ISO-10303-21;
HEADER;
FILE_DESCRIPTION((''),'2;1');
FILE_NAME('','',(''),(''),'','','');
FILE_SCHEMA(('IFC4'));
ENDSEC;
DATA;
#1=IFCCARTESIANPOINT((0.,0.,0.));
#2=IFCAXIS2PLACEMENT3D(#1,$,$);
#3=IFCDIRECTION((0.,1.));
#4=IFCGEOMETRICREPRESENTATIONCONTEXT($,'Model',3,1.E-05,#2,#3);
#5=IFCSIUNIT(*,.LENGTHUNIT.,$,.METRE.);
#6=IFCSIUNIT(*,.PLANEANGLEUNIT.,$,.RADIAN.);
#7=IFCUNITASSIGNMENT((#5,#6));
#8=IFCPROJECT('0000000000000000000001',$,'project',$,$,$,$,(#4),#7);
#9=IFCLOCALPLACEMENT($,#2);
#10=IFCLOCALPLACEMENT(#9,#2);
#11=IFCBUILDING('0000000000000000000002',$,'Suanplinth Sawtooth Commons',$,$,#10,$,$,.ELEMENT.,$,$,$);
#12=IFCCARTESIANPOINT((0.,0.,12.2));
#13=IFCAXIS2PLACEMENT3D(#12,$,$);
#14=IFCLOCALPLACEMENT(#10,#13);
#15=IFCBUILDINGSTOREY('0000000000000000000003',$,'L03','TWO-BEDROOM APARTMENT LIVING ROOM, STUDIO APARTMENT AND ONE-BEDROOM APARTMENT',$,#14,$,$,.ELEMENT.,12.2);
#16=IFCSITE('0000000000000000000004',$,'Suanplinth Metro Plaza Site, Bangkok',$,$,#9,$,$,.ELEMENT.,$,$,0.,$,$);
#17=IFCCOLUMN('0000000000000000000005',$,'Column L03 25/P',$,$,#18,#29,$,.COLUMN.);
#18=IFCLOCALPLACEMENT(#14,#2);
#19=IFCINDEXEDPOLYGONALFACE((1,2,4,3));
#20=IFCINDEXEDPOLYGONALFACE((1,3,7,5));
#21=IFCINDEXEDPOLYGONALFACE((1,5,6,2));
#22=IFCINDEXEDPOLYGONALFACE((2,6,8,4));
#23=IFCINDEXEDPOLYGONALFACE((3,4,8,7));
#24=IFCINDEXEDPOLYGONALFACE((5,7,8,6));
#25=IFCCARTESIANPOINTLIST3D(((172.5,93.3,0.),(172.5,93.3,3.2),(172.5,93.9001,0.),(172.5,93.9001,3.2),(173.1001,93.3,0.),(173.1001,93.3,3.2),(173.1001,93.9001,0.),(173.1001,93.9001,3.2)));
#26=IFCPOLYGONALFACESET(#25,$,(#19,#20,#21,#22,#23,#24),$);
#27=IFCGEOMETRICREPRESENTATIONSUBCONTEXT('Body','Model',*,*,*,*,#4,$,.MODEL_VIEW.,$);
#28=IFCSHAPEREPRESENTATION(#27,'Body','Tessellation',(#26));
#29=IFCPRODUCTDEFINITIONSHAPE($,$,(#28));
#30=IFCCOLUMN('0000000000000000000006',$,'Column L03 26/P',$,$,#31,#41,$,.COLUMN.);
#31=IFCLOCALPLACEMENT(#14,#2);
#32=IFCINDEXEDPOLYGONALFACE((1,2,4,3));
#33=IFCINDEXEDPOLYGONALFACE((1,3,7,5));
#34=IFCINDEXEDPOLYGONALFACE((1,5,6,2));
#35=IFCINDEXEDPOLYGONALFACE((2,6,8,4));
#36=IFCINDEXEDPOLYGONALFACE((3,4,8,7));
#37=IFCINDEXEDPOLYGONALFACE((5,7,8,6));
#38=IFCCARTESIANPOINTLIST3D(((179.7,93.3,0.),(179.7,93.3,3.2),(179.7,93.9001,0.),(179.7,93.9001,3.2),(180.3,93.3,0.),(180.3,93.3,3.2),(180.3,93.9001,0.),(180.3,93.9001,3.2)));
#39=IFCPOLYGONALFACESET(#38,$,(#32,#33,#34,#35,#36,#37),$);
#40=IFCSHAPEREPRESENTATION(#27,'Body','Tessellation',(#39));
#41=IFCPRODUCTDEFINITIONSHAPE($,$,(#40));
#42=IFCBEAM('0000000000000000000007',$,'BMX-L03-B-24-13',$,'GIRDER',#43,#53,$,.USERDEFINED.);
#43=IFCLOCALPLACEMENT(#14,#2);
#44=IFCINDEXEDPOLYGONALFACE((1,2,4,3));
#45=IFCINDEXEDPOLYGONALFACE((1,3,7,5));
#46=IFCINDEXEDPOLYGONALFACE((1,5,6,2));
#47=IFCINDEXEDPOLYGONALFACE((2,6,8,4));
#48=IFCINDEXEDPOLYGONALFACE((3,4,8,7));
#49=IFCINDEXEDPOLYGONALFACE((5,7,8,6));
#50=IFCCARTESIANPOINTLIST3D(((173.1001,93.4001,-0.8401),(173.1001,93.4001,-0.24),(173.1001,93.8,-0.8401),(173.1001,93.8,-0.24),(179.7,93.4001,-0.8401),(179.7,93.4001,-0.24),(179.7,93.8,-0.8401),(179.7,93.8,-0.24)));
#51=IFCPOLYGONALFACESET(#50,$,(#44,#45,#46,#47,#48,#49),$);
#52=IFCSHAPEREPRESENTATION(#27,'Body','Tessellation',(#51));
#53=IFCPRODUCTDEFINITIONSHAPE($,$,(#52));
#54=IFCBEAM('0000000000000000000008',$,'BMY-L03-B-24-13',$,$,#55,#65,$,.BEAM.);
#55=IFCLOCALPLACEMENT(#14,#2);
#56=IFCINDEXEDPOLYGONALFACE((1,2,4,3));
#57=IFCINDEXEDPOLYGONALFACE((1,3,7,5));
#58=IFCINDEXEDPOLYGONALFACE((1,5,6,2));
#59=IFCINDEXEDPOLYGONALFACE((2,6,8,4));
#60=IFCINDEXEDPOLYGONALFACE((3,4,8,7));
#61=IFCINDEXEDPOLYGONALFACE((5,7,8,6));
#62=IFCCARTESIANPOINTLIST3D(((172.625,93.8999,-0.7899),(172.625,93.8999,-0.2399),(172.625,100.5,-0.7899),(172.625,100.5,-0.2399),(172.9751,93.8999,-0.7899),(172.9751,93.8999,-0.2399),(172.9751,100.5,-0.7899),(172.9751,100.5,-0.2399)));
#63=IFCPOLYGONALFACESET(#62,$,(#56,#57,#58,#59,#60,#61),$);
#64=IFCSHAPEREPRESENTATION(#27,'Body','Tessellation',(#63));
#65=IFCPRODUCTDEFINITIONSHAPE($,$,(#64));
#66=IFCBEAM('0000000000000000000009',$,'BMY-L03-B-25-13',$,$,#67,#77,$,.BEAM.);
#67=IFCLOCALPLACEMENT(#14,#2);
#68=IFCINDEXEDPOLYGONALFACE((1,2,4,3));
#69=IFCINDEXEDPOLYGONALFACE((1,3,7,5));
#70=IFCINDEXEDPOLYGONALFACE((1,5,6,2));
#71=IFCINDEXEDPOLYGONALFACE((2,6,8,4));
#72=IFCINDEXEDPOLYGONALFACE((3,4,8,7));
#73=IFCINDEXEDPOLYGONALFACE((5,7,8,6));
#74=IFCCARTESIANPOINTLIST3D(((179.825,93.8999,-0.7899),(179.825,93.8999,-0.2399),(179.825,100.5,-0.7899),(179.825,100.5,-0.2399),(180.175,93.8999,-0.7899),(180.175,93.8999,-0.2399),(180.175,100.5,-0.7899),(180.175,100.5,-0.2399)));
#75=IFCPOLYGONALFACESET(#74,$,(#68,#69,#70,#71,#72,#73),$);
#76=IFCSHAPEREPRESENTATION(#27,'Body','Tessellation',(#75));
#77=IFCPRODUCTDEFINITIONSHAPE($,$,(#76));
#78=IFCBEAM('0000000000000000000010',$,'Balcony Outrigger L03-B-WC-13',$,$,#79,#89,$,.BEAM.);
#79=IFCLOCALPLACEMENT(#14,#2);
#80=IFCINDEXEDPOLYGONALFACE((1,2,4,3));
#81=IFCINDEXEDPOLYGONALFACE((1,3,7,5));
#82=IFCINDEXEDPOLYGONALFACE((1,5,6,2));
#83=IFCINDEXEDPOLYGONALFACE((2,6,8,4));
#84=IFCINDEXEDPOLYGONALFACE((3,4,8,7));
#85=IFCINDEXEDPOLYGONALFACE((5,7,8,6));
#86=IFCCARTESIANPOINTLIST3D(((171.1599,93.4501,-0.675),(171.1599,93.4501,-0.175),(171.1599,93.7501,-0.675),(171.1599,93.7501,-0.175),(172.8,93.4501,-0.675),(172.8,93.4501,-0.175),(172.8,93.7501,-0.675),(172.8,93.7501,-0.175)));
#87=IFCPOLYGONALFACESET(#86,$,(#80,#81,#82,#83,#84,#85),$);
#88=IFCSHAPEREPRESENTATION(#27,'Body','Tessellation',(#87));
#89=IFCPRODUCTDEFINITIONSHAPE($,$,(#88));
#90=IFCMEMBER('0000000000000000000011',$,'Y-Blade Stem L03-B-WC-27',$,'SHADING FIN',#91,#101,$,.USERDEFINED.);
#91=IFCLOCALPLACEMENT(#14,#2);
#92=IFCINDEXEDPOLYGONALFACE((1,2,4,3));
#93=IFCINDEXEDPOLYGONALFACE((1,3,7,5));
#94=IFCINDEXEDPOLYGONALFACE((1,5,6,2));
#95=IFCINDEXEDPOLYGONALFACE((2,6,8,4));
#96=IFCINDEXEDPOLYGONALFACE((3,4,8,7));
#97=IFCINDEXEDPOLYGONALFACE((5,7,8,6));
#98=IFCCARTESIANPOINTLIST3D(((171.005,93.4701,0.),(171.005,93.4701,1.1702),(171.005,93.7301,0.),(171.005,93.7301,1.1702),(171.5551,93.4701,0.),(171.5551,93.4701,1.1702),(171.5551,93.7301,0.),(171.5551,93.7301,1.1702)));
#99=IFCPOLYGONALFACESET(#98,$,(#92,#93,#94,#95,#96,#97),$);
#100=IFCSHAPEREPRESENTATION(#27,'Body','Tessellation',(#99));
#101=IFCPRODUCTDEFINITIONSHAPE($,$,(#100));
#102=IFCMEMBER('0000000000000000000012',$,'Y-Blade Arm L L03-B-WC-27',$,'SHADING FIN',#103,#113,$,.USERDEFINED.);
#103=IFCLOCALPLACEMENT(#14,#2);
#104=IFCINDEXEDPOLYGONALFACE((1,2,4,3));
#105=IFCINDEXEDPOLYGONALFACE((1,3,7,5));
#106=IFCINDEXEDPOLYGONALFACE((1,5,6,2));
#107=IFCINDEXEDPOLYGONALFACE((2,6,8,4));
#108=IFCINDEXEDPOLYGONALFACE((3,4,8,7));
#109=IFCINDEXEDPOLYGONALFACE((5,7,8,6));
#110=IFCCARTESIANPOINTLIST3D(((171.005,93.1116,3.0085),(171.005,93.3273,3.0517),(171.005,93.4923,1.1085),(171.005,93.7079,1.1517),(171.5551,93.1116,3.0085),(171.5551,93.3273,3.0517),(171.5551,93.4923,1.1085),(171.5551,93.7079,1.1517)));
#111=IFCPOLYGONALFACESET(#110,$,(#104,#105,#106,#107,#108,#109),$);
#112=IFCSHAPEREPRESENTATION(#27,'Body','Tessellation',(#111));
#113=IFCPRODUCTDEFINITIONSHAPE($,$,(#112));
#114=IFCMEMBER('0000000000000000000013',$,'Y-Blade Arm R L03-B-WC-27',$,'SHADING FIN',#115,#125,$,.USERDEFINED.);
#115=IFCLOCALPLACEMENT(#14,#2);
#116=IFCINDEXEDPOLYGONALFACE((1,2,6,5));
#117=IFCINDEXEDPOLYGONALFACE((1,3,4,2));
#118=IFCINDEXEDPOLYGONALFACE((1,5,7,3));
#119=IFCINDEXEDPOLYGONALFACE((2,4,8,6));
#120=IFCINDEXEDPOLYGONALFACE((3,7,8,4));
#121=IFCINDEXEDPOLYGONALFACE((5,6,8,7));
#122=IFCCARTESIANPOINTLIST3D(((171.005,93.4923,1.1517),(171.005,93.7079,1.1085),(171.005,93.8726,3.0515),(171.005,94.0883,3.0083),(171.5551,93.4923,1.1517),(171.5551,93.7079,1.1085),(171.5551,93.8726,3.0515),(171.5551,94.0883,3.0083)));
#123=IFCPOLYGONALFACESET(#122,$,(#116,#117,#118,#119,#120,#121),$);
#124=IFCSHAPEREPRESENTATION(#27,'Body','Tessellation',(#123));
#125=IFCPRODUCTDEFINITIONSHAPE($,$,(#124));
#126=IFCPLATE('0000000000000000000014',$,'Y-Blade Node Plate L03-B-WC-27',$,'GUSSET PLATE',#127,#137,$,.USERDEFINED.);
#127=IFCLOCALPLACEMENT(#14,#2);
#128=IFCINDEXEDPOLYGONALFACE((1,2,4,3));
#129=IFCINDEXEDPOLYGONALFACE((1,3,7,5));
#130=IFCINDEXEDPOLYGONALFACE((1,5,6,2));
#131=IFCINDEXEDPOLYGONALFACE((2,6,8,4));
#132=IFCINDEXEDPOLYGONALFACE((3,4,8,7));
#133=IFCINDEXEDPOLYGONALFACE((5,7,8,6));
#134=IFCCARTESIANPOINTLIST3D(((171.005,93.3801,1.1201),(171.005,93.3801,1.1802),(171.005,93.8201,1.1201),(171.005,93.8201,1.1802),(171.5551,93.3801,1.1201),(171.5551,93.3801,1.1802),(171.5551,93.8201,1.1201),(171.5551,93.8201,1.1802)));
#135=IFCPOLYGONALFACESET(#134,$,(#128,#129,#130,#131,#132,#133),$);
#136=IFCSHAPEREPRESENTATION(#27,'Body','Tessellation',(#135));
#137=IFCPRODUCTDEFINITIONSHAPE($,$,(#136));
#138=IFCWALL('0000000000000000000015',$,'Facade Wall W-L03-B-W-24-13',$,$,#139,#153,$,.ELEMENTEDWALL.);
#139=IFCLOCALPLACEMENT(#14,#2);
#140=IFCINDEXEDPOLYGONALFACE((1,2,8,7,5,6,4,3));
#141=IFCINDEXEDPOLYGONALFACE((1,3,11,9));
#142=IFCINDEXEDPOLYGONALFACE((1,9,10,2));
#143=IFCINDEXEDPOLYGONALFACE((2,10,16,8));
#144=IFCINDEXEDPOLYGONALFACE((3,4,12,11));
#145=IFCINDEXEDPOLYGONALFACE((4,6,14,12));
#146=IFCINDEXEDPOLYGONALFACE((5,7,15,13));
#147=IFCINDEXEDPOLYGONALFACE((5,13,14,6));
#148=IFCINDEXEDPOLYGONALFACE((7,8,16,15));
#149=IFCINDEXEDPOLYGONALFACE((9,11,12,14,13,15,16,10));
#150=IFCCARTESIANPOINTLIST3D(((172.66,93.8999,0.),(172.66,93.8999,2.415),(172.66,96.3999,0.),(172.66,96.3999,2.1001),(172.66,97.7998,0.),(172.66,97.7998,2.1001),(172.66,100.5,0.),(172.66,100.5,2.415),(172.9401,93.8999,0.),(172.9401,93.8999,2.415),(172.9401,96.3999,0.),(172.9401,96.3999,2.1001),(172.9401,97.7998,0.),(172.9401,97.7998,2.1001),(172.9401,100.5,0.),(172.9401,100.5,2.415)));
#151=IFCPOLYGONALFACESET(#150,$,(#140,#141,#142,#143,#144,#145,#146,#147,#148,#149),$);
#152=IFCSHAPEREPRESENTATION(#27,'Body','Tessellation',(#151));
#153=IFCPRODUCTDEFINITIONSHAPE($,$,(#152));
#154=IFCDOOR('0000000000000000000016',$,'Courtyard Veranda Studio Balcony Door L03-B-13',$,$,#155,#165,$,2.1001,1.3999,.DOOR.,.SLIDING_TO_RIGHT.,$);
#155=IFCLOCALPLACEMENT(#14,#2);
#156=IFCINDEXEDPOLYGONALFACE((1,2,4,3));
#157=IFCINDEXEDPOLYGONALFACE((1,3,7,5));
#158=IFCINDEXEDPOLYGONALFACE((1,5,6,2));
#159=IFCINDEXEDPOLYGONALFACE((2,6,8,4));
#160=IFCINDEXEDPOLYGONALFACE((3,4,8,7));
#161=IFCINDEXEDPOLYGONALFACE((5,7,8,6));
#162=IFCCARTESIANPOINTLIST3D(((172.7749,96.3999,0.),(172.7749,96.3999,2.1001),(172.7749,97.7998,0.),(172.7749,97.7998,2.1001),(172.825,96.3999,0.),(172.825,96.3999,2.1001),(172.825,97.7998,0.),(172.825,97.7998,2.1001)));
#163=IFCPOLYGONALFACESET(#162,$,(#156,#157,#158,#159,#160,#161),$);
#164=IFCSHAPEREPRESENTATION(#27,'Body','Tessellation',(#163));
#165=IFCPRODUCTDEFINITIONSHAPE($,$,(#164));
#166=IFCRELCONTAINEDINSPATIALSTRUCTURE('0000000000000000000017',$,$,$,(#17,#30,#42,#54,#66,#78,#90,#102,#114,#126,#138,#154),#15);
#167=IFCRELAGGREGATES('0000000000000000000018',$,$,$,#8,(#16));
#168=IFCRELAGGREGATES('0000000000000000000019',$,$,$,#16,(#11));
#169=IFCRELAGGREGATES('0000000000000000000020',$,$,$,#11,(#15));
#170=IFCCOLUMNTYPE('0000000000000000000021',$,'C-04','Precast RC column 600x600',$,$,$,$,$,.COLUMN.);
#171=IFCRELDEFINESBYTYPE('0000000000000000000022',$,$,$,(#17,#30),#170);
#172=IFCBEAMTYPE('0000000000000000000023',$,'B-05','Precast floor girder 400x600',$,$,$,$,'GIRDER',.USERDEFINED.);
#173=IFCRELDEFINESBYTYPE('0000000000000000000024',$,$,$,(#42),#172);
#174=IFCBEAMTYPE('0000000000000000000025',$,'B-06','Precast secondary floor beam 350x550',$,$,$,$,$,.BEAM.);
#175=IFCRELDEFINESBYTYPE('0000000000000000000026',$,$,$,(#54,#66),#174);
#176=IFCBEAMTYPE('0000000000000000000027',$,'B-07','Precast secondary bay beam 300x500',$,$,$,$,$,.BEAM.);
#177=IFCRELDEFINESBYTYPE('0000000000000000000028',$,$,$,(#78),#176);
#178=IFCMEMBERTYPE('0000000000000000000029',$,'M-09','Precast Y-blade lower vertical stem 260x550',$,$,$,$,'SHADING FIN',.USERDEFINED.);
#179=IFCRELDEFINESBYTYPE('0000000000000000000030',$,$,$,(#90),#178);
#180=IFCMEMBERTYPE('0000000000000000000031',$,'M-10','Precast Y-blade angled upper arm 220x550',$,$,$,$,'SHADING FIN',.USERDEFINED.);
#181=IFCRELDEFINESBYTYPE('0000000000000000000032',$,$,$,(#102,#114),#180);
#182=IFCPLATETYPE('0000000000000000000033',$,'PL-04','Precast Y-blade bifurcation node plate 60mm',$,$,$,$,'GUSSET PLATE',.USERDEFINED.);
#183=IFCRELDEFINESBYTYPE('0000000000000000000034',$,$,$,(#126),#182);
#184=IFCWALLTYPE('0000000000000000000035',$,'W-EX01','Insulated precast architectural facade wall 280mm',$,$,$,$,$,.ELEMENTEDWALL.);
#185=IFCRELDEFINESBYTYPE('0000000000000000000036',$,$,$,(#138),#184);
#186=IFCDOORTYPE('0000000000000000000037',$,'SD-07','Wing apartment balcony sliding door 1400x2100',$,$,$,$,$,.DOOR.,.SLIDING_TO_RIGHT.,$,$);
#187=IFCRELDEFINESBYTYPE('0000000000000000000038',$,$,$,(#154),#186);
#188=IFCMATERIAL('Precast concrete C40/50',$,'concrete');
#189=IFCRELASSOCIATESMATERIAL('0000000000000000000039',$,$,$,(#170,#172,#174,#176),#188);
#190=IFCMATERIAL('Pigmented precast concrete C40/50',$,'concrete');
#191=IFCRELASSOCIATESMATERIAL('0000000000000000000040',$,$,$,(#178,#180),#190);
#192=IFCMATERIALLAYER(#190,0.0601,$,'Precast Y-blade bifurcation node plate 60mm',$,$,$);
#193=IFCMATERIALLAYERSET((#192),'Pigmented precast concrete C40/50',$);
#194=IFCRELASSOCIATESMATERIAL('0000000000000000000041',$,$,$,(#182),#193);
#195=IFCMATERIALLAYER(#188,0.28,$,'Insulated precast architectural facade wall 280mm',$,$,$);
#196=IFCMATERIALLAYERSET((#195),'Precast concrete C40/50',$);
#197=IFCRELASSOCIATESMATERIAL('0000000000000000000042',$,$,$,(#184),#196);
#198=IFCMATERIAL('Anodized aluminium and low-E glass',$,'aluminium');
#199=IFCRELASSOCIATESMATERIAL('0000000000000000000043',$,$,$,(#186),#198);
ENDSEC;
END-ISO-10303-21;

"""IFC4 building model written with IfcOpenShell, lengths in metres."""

from ifc_helpers import new_model, si_unit, direction, frame, frame_2d, origin, origin_2d, place, context, subcontext, project, spatial, rectangle, extrude, material, layer, layer_set, material_profile, profile_set, type_object, element, fill, save


model = new_model("IFC4")

# Units and contexts
model_context = context("Model", 3, precision=1e-05, world=origin(), true_north=direction((0.0, 1.0)))
body_context = subcontext(model_context, "Body", "Model", "MODEL_VIEW")
ifc_project = project(units=[si_unit("LENGTHUNIT", "METRE"), si_unit("PLANEANGLEUNIT", "RADIAN")], contexts=[model_context])

# Site, building, storey
site_placement = place(None, origin())
site = spatial("IfcSite", under=ifc_project, at=site_placement, Name="Suanplinth Metro Plaza Site, Bangkok", CompositionType="ELEMENT", RefElevation=0.0)
building_placement = place(site_placement, origin())
building = spatial("IfcBuilding", under=site, at=building_placement, Name="Suanplinth Sawtooth Commons", CompositionType="ELEMENT")
storey_placement = place(building_placement, frame((0.0, 0.0, 12.2)))
storey = spatial("IfcBuildingStorey", under=building, at=storey_placement, Name="L03", Description="TWO-BEDROOM APARTMENT LIVING ROOM, STUDIO APARTMENT AND ONE-BEDROOM APARTMENT", CompositionType="ELEMENT", Elevation=12.2)

# Columns
ifc_material_1 = material(Name="Precast concrete C40/50", Category="concrete")
ifc_material_profile_1 = material_profile(ifc_material_1, rectangle(XDim=0.6001, YDim=0.6001, at=origin_2d()), Name="PC-COL 600x600")
ifc_profile_set_1 = profile_set([ifc_material_profile_1], Name="Precast concrete C40/50")
column_type = type_object("IfcColumnType", Name="C-04", Description="Precast RC column 600x600", PredefinedType="COLUMN", material=ifc_profile_set_1)
for number, where, z_axis, x_axis, name in (
    (1, (172.8, 93.6001, 0.0), (0.0, 0.0, 1.0), (1.0, 0.0, 0.0), "Column L03 25/P"),
    (2, (180.0, 93.6001, 0.0), (0.0, 0.0, 1.0), (1.0, 0.0, 0.0), "Column L03 26/P"),
):
    element("IfcColumn", number, at=place(storey_placement, frame(where, z_axis=z_axis, x_axis=x_axis)), inside=storey, type_object=column_type, Name=name, PredefinedType="COLUMN", context=body_context, shape_type="SweptSolid", body=[
        extrude(rectangle(XDim=0.6001, YDim=0.6001, at=origin_2d()), origin(), (0.0, 0.0, 1.0), 3.2),
    ])

# Beams
ifc_material_profile_2 = material_profile(ifc_material_1, rectangle(XDim=0.3999, YDim=0.6001, at=origin_2d()), Name="PC-GDR 400x600")
ifc_profile_set_2 = profile_set([ifc_material_profile_2], Name="Precast concrete C40/50")
beam_type_1 = type_object("IfcBeamType", Name="B-05", Description="Precast floor girder 400x600", ElementType="GIRDER", PredefinedType="USERDEFINED", material=ifc_profile_set_2)
beam_1_placement = place(storey_placement, frame((173.1001, 93.6001, -0.54), z_axis=(1.0, 0.0, 0.0), x_axis=(0.0, 1.0, 0.0)))
element("IfcBeam", 3, at=beam_1_placement, inside=storey, type_object=beam_type_1, Name="BMX-L03-B-24-13", ObjectType="GIRDER", PredefinedType="USERDEFINED", context=body_context, shape_type="SweptSolid", body=[
    extrude(rectangle(XDim=0.3999, YDim=0.6001, at=origin_2d()), origin(), (0.0, 0.0, 1.0), 6.5999),
])
ifc_material_profile_3 = material_profile(ifc_material_1, rectangle(XDim=0.3501, YDim=0.55, at=origin_2d()), Name="PC-BM 350x550")
ifc_profile_set_3 = profile_set([ifc_material_profile_3], Name="Precast concrete C40/50")
beam_type_2 = type_object("IfcBeamType", Name="B-06", Description="Precast secondary floor beam 350x550", PredefinedType="BEAM", material=ifc_profile_set_3)
for number, where, z_axis, x_axis, name in (
    (4, (172.8, 93.8999, -0.5149), (0.0, 1.0, 0.0), (-1.0, 0.0, 0.0), "BMY-L03-B-24-13"),
    (5, (180.0, 93.8999, -0.5149), (0.0, 1.0, 0.0), (-1.0, 0.0, 0.0), "BMY-L03-B-25-13"),
):
    element("IfcBeam", number, at=place(storey_placement, frame(where, z_axis=z_axis, x_axis=x_axis)), inside=storey, type_object=beam_type_2, Name=name, PredefinedType="BEAM", context=body_context, shape_type="SweptSolid", body=[
        extrude(rectangle(XDim=0.3501, YDim=0.55, at=origin_2d()), origin(), (0.0, 0.0, 1.0), 6.6001),
    ])
ifc_material_profile_4 = material_profile(ifc_material_1, rectangle(XDim=0.3, YDim=0.5, at=origin_2d()), Name="PC-BM 300x500")
ifc_profile_set_4 = profile_set([ifc_material_profile_4], Name="Precast concrete C40/50")
beam_type_3 = type_object("IfcBeamType", Name="B-07", Description="Precast secondary bay beam 300x500", PredefinedType="BEAM", material=ifc_profile_set_4)
beam_2_placement = place(storey_placement, frame((172.8, 93.6001, -0.425), z_axis=(-1.0, 0.0, 0.0), x_axis=(0.0, -1.0, 0.0)))
element("IfcBeam", 6, at=beam_2_placement, inside=storey, type_object=beam_type_3, Name="Balcony Outrigger L03-B-WC-13", PredefinedType="BEAM", context=body_context, shape_type="SweptSolid", body=[
    extrude(rectangle(XDim=0.3, YDim=0.5, at=origin_2d()), origin(), (0.0, 0.0, 1.0), 1.6401),
])

# Members
ifc_material_2 = material(Name="Pigmented precast concrete C40/50", Category="concrete")
ifc_material_profile_5 = material_profile(ifc_material_2, rectangle(XDim=0.26, YDim=0.55, at=origin_2d()), Name="PC-FIN 260x550")
ifc_profile_set_5 = profile_set([ifc_material_profile_5], Name="Pigmented precast concrete C40/50")
member_type_1 = type_object("IfcMemberType", Name="M-09", Description="Precast Y-blade lower vertical stem 260x550", ElementType="SHADING FIN", PredefinedType="USERDEFINED", material=ifc_profile_set_5)
member_1_placement = place(storey_placement, frame((171.28, 93.6001, 0.0), z_axis=(0.0, 0.0, 1.0), x_axis=(0.0, 1.0, 0.0)))
element("IfcMember", 7, at=member_1_placement, inside=storey, type_object=member_type_1, Name="Y-Blade Stem L03-B-WC-27", ObjectType="SHADING FIN", PredefinedType="USERDEFINED", context=body_context, shape_type="SweptSolid", body=[
    extrude(rectangle(XDim=0.26, YDim=0.55, at=origin_2d()), origin(), (0.0, 0.0, 1.0), 1.1702),
])
ifc_material_profile_6 = material_profile(ifc_material_2, rectangle(XDim=0.22, YDim=0.55, at=origin_2d()), Name="PC-FIN 220x550")
ifc_profile_set_6 = profile_set([ifc_material_profile_6], Name="Pigmented precast concrete C40/50")
member_type_2 = type_object("IfcMemberType", Name="M-10", Description="Precast Y-blade angled upper arm 220x550", ElementType="SHADING FIN", PredefinedType="USERDEFINED", material=ifc_profile_set_6)
member_2_placement = place(storey_placement, frame((171.28, 93.6001, 1.1301), z_axis=(0.0, -0.196431, 0.980518), x_axis=(0.0, 0.980518, 0.196431)))
element("IfcMember", 8, at=member_2_placement, inside=storey, type_object=member_type_2, Name="Y-Blade Arm L L03-B-WC-27", ObjectType="SHADING FIN", PredefinedType="USERDEFINED", context=body_context, shape_type="SweptSolid", body=[
    extrude(rectangle(XDim=0.22, YDim=0.55, at=origin_2d()), origin(), (0.0, 0.0, 1.0), 1.9377),
])
member_3_placement = place(storey_placement, frame((171.28, 93.6001, 1.1301), z_axis=(0.0, 0.19631, 0.980542), x_axis=(0.0, -0.980542, 0.19631)))
element("IfcMember", 9, at=member_3_placement, inside=storey, type_object=member_type_2, Name="Y-Blade Arm R L03-B-WC-27", ObjectType="SHADING FIN", PredefinedType="USERDEFINED", context=body_context, shape_type="SweptSolid", body=[
    extrude(rectangle(XDim=0.22, YDim=0.55, at=origin_2d()), origin(), (0.0, 0.0, 1.0), 1.9375),
])

# Plate
ifc_layer_1 = layer(ifc_material_2, 0.0601, Name="Precast Y-blade bifurcation node plate 60mm")
ifc_layer_set_1 = layer_set([ifc_layer_1], Name="Pigmented precast concrete C40/50")
plate_type = type_object("IfcPlateType", Name="PL-04", Description="Precast Y-blade bifurcation node plate 60mm", ElementType="GUSSET PLATE", PredefinedType="USERDEFINED", material=ifc_layer_set_1)
plate_placement = place(storey_placement, frame((171.28, 93.6001, 1.1201), z_axis=(0.0, 0.0, 1.0), x_axis=(0.0, 1.0, 0.0)))
element("IfcPlate", 10, at=plate_placement, inside=storey, type_object=plate_type, Name="Y-Blade Node Plate L03-B-WC-27", ObjectType="GUSSET PLATE", PredefinedType="USERDEFINED", context=body_context, shape_type="SweptSolid", body=[
    extrude(rectangle(XDim=0.4399, YDim=0.55, at=origin_2d()), origin(), (0.0, 0.0, 1.0), 0.0601),
])

# Wall, opening, door
ifc_layer_2 = layer(ifc_material_1, 0.28, Name="Insulated precast architectural facade wall 280mm")
ifc_layer_set_2 = layer_set([ifc_layer_2], Name="Precast concrete C40/50")
wall_type_1 = type_object("IfcWallType", Name="W-EX01", Description="Insulated precast architectural facade wall 280mm", PredefinedType="ELEMENTEDWALL", material=ifc_layer_set_2)
wall_1_placement = place(storey_placement, frame((172.8, 93.8999, 0.0), z_axis=(0.0, 0.0, 1.0), x_axis=(0.0, 1.0, 0.0)))
wall_1 = element("IfcWall", 11, at=wall_1_placement, inside=storey, type_object=wall_type_1, Name="Facade Wall W-L03-B-W-24-13", PredefinedType="ELEMENTEDWALL", context=body_context, shape_type="SweptSolid", body=[
    extrude(rectangle(XDim=6.6001, YDim=0.28, at=frame_2d((3.3, 0.0))), origin(), (0.0, 0.0, 1.0), 2.415),
])
opening_1_placement = place(wall_1_placement, frame((2.5, 0.0, 0.0)))
opening_1 = element("IfcOpeningElement", 12, at=opening_1_placement, cuts=wall_1, PredefinedType="OPENING", context=body_context, shape_type="SweptSolid", body=[
    extrude(rectangle(XDim=1.3999, YDim=2.1001, at=frame_2d((0.7, 1.05))), frame((0.0, 0.1548, 0.0), z_axis=(0.0, -1.0, 0.0), x_axis=(1.0, 0.0, 0.0)), (0.0, 0.0, 1.0), 0.3098),
])
ifc_material_3 = material(Name="Anodized aluminium and low-E glass", Category="aluminium")
door_type_1 = type_object("IfcDoorType", Name="SD-07", Description="Wing apartment balcony sliding door 1400x2100", OperationType="SLIDING_TO_RIGHT", PredefinedType="DOOR", material=ifc_material_3)
door_1_placement = place(opening_1_placement, frame((1.3999, 0.0, 0.0), z_axis=(0.0, 0.0, 1.0), x_axis=(-1.0, 0.0, 0.0)))
door_1 = element("IfcDoor", 13, at=door_1_placement, inside=storey, type_object=door_type_1, Name="Courtyard Veranda Studio Balcony Door L03-B-13", OperationType="SLIDING_TO_RIGHT", OverallHeight=2.1001, OverallWidth=1.3999, PredefinedType="DOOR", context=body_context, shape_type="SweptSolid", body=[
    extrude(rectangle(XDim=1.3999, YDim=2.1001, at=frame_2d((0.7, 1.05))), frame((0.0, 0.0249, 0.0), z_axis=(0.0, -1.0, 0.0), x_axis=(1.0, 0.0, 0.0)), (0.0, 0.0, 1.0), 0.05),
])
fill(opening_1, door_1)

save(model, "model.ifc")
